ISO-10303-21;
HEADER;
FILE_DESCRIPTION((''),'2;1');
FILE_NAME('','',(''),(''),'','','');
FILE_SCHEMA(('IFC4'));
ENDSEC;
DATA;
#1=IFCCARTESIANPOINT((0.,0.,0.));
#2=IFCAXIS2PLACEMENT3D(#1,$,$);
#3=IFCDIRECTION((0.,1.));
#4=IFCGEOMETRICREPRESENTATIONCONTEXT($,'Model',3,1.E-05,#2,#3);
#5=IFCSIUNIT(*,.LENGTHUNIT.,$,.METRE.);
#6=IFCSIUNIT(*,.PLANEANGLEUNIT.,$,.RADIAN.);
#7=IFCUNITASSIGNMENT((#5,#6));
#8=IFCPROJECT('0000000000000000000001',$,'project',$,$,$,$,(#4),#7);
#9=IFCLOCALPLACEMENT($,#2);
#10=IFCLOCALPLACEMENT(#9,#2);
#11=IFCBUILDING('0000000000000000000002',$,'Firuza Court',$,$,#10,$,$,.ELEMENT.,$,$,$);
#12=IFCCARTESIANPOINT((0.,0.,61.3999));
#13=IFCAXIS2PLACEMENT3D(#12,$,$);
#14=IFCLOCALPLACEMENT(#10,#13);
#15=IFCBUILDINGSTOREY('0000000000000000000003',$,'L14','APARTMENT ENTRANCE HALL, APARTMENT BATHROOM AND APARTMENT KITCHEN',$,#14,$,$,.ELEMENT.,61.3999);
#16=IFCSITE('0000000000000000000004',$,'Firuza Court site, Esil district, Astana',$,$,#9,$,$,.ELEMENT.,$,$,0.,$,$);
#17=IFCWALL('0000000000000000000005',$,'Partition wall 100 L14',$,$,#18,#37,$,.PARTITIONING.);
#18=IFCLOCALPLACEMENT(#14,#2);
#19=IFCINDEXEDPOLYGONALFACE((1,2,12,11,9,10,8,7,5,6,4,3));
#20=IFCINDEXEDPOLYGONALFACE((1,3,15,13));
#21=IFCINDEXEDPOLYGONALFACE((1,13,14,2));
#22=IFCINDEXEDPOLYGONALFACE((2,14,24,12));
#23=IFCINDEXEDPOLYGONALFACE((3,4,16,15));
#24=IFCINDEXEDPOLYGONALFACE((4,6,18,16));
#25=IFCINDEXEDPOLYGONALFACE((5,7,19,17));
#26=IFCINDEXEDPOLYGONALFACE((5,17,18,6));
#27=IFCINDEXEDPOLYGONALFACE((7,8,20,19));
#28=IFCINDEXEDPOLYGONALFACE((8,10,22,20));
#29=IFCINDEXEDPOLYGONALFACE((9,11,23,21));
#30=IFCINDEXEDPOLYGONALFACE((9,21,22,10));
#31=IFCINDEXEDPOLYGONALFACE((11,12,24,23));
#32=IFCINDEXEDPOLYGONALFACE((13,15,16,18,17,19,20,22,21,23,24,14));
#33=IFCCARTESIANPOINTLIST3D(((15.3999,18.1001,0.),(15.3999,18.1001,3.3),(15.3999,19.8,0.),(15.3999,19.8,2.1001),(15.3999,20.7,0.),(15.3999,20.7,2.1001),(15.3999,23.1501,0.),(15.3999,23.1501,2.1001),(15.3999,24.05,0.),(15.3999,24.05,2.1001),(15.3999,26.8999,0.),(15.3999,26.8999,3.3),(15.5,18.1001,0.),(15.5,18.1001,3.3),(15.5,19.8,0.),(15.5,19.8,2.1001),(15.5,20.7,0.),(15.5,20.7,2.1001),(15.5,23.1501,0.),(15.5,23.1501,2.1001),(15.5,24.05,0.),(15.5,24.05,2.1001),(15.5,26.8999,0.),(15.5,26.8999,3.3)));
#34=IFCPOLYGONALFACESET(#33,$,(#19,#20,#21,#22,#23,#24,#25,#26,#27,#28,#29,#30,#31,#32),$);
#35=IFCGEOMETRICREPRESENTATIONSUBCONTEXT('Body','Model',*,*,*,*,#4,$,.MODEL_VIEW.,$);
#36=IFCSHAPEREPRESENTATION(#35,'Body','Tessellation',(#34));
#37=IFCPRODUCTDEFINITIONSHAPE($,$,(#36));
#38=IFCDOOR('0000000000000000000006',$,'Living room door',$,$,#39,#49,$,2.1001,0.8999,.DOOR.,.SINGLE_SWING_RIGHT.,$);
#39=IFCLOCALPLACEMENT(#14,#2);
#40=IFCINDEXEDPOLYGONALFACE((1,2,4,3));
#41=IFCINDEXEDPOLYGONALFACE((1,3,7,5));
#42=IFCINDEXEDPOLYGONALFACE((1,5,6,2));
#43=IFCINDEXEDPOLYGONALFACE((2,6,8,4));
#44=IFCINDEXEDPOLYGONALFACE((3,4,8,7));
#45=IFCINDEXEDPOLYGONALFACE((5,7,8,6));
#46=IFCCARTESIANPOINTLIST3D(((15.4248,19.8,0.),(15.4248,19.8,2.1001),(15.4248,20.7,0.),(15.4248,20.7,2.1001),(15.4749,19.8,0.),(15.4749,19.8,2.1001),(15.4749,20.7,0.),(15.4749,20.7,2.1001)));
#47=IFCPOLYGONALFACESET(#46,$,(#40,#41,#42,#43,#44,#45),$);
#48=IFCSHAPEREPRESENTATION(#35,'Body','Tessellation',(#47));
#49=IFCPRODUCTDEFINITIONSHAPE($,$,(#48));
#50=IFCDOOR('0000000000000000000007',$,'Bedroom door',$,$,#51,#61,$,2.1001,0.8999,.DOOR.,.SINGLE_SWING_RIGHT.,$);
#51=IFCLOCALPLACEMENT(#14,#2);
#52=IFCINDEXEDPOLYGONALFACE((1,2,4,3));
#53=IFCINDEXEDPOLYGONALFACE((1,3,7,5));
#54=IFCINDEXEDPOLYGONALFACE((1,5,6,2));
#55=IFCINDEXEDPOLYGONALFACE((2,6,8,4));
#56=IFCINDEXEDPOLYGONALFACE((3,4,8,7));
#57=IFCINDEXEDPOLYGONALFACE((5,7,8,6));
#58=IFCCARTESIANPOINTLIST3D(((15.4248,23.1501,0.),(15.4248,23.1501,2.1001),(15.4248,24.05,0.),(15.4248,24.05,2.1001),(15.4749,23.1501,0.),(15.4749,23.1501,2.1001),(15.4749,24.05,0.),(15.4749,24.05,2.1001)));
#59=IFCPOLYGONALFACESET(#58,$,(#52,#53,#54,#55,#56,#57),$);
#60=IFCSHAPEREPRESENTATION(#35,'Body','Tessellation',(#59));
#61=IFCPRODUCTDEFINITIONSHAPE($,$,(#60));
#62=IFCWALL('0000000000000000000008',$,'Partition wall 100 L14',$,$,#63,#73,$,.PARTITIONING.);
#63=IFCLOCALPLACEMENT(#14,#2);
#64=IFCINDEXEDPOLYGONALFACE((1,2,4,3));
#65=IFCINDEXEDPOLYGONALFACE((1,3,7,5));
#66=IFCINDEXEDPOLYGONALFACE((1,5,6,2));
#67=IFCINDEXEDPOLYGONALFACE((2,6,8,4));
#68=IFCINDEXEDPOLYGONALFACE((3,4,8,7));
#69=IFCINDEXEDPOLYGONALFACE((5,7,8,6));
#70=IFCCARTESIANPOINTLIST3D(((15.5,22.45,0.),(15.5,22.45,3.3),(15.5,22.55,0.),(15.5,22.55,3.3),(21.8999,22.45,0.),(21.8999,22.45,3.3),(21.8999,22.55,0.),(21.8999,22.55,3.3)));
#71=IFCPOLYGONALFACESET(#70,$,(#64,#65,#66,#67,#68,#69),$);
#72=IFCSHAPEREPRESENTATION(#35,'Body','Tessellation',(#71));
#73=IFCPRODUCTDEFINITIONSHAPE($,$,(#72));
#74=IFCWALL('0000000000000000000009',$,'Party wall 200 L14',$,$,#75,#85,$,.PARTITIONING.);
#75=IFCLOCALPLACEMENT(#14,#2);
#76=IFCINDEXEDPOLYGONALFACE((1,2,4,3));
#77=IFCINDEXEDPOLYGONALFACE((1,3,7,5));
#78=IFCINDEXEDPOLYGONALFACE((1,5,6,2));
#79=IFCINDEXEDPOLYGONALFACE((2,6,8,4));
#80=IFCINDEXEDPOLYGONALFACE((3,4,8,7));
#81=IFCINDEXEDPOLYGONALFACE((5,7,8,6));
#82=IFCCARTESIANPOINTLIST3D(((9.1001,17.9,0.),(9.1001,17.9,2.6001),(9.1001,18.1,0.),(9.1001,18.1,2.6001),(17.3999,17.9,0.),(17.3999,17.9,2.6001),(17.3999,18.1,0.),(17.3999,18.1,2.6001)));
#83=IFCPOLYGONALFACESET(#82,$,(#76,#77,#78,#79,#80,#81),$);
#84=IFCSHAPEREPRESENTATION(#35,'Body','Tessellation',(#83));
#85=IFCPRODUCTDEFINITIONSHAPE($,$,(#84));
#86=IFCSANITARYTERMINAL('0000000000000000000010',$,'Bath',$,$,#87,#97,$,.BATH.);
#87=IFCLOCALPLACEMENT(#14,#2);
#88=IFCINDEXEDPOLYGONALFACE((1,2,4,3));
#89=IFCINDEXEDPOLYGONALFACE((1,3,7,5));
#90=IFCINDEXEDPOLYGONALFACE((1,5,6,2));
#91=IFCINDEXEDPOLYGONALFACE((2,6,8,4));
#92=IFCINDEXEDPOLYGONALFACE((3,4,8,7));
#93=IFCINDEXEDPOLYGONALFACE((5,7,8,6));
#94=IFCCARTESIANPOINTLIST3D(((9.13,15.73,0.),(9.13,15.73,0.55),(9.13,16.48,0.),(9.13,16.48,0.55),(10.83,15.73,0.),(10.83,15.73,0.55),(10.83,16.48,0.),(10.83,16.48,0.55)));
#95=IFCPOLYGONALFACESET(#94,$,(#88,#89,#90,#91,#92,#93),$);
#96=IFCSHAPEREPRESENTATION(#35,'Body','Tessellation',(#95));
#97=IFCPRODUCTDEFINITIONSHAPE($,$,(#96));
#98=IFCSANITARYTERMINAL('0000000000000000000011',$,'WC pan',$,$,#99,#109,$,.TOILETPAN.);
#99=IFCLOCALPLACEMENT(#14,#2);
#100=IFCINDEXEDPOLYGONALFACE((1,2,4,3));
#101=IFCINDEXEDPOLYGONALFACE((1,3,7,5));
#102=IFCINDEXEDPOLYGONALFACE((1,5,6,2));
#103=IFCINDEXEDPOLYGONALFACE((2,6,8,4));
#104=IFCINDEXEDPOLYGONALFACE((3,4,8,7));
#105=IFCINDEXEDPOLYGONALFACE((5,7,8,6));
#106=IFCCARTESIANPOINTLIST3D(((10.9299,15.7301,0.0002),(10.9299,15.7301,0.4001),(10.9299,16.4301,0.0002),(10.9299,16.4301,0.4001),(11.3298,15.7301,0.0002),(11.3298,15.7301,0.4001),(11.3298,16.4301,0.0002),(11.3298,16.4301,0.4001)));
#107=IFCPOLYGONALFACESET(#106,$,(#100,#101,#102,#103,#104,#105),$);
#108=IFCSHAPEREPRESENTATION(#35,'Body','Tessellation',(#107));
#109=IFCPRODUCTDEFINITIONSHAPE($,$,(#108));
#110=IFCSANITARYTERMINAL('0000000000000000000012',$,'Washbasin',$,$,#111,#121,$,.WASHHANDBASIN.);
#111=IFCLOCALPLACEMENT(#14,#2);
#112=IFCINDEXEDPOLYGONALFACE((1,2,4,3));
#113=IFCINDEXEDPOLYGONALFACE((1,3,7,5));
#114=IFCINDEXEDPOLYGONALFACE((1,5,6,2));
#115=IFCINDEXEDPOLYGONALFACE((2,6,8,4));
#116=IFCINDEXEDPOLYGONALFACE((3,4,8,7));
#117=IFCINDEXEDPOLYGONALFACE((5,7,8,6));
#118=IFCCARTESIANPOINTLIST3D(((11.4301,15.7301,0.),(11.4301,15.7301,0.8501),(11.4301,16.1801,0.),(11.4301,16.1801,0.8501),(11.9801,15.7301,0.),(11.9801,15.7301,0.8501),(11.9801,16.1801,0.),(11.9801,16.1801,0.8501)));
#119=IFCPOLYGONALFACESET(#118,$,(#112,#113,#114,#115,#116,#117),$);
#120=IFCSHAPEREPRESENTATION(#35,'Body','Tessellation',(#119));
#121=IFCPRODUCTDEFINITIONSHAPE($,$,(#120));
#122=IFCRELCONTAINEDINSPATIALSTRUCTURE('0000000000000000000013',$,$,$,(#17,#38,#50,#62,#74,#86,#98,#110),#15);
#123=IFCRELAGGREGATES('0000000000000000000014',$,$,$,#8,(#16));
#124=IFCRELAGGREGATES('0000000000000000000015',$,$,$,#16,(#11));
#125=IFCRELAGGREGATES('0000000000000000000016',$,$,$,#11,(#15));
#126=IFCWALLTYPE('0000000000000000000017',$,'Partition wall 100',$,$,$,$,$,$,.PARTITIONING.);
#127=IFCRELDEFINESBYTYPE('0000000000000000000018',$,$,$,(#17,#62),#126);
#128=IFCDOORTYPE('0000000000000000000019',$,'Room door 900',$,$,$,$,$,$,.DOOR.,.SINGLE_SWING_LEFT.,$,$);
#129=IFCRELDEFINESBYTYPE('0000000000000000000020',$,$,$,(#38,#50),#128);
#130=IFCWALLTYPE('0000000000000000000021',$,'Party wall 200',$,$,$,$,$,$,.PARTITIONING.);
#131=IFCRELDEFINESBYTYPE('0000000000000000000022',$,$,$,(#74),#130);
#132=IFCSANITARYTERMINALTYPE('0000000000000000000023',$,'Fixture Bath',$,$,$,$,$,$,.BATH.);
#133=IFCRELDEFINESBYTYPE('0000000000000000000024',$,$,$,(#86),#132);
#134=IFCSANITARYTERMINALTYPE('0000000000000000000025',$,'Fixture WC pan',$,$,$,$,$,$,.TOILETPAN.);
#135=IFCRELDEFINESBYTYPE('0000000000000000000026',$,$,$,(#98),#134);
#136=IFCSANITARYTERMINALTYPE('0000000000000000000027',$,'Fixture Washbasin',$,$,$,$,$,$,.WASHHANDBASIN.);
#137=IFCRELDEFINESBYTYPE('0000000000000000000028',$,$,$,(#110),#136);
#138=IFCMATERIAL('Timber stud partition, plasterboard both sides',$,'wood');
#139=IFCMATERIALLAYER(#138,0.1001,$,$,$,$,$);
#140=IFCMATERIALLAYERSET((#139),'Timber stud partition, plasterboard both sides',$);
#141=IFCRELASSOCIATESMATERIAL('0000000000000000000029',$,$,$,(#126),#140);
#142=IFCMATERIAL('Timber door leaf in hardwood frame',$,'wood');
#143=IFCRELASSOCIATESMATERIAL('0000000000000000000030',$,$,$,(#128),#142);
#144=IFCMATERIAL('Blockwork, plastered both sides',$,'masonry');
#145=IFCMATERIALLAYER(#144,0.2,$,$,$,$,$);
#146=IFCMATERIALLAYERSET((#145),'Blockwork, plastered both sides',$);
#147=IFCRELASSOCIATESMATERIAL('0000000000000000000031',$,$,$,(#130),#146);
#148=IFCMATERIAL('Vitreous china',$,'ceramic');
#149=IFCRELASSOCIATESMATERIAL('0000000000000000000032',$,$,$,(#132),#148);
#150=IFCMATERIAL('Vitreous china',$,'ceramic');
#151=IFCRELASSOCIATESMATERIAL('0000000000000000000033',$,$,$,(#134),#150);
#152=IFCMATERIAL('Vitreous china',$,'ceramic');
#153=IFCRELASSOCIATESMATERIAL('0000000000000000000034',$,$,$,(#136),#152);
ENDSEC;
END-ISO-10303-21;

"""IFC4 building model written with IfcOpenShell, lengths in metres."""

from ifc_helpers import new_model, si_unit, direction, frame, frame_2d, origin, origin_2d, place, context, subcontext, project, spatial, rectangle, extrude, material, layer, layer_set, type_object, element, fill, save


model = new_model("IFC4")

# Units and contexts
model_context = context("Model", 3, precision=1e-05, world=origin(), true_north=direction((0.0, 1.0)))
body_context = subcontext(model_context, "Body", "Model", "MODEL_VIEW")
ifc_project = project(units=[si_unit("LENGTHUNIT", "METRE"), si_unit("PLANEANGLEUNIT", "RADIAN")], contexts=[model_context])

# Site, building, storey
site_placement = place(None, origin())
site = spatial("IfcSite", under=ifc_project, at=site_placement, Name="Firuza Court site, Esil district, Astana", CompositionType="ELEMENT", RefElevation=0.0)
building_placement = place(site_placement, origin())
building = spatial("IfcBuilding", under=site, at=building_placement, Name="Firuza Court", CompositionType="ELEMENT")
storey_placement = place(building_placement, frame((0.0, 0.0, 61.3999)))
storey = spatial("IfcBuildingStorey", under=building, at=storey_placement, Name="L14", Description="APARTMENT ENTRANCE HALL, APARTMENT BATHROOM AND APARTMENT KITCHEN", CompositionType="ELEMENT", Elevation=61.3999)

# Shared definitions
ifc_material_1 = material(Name="Timber stud partition, plasterboard both sides", Category="wood")
ifc_layer_1 = layer(ifc_material_1, 0.1001)
ifc_layer_set_1 = layer_set([ifc_layer_1], Name="Timber stud partition, plasterboard both sides")
wall_type_1 = type_object("IfcWallType", Name="Partition wall 100", PredefinedType="PARTITIONING", material=ifc_layer_set_1)
ifc_material_2 = material(Name="Timber door leaf in hardwood frame", Category="wood")
door_type_1 = type_object("IfcDoorType", Name="Room door 900", OperationType="SINGLE_SWING_LEFT", PredefinedType="DOOR", material=ifc_material_2)

# Wall, openings, doors
wall_1_placement = place(storey_placement, frame((15.45, 18.1001, 0.0), z_axis=(0.0, 0.0, 1.0), x_axis=(0.0, 1.0, 0.0)))
wall_1 = element("IfcWall", 1, at=wall_1_placement, inside=storey, type_object=wall_type_1, Name="Partition wall 100 L14", PredefinedType="PARTITIONING", context=body_context, shape_type="SweptSolid", body=[
    extrude(rectangle(XDim=8.7998, YDim=0.1001, at=frame_2d((4.3999, 0.0))), origin(), (0.0, 0.0, 1.0), 3.3),
])
opening_1_placement = place(wall_1_placement, frame((1.7, 0.0, 0.0)))
opening_1 = element("IfcOpeningElement", 2, at=opening_1_placement, cuts=wall_1, PredefinedType="OPENING", context=body_context, shape_type="SweptSolid", body=[
    extrude(rectangle(XDim=0.8999, YDim=2.1001, at=frame_2d((0.45, 1.05))), frame((0.0, 0.062, 0.0), z_axis=(0.0, -1.0, 0.0), x_axis=(1.0, 0.0, 0.0)), (0.0, 0.0, 1.0), 0.124),
])
opening_2_placement = place(wall_1_placement, frame((5.05, 0.0, 0.0)))
opening_2 = element("IfcOpeningElement", 3, at=opening_2_placement, cuts=wall_1, PredefinedType="OPENING", context=body_context, shape_type="SweptSolid", body=[
    extrude(rectangle(XDim=0.8999, YDim=2.1001, at=frame_2d((0.45, 1.05))), frame((0.0, 0.062, 0.0), z_axis=(0.0, -1.0, 0.0), x_axis=(1.0, 0.0, 0.0)), (0.0, 0.0, 1.0), 0.124),
])
door_1_placement = place(opening_1_placement, frame((0.8999, 0.0, 0.0), z_axis=(0.0, 0.0, 1.0), x_axis=(-1.0, 0.0, 0.0)))
door_1 = element("IfcDoor", 4, at=door_1_placement, inside=storey, type_object=door_type_1, Name="Living room door", OperationType="SINGLE_SWING_RIGHT", OverallHeight=2.1001, OverallWidth=0.8999, PredefinedType="DOOR", context=body_context, shape_type="SweptSolid", body=[
    extrude(rectangle(XDim=0.8999, YDim=2.1001, at=frame_2d((0.45, 1.05))), frame((0.0, 0.0249, 0.0), z_axis=(0.0, -1.0, 0.0), x_axis=(1.0, 0.0, 0.0)), (0.0, 0.0, 1.0), 0.05),
])
fill(opening_1, door_1)
door_2_placement = place(opening_2_placement, frame((0.8999, 0.0, 0.0), z_axis=(0.0, 0.0, 1.0), x_axis=(-1.0, 0.0, 0.0)))
door_2 = element("IfcDoor", 5, at=door_2_placement, inside=storey, type_object=door_type_1, Name="Bedroom door", OperationType="SINGLE_SWING_RIGHT", OverallHeight=2.1001, OverallWidth=0.8999, PredefinedType="DOOR", context=body_context, shape_type="SweptSolid", body=[
    extrude(rectangle(XDim=0.8999, YDim=2.1001, at=frame_2d((0.45, 1.05))), frame((0.0, 0.0249, 0.0), z_axis=(0.0, -1.0, 0.0), x_axis=(1.0, 0.0, 0.0)), (0.0, 0.0, 1.0), 0.05),
])
fill(opening_2, door_2)

# Walls
wall_2_placement = place(storey_placement, frame((15.5, 22.5, 0.0), z_axis=(0.0, 0.0, 1.0), x_axis=(1.0, 0.0, 0.0)))
element("IfcWall", 6, at=wall_2_placement, inside=storey, type_object=wall_type_1, Name="Partition wall 100 L14", PredefinedType="PARTITIONING", context=body_context, shape_type="SweptSolid", body=[
    extrude(rectangle(XDim=6.3999, YDim=0.1001, at=frame_2d((3.2, 0.0))), origin(), (0.0, 0.0, 1.0), 3.3),
])
ifc_material_3 = material(Name="Blockwork, plastered both sides", Category="masonry")
ifc_layer_2 = layer(ifc_material_3, 0.2)
ifc_layer_set_2 = layer_set([ifc_layer_2], Name="Blockwork, plastered both sides")
wall_type_2 = type_object("IfcWallType", Name="Party wall 200", PredefinedType="PARTITIONING", material=ifc_layer_set_2)
wall_3_placement = place(storey_placement, frame((9.1001, 18.0, 0.0), z_axis=(0.0, 0.0, 1.0), x_axis=(1.0, 0.0, 0.0)))
element("IfcWall", 7, at=wall_3_placement, inside=storey, type_object=wall_type_2, Name="Party wall 200 L14", PredefinedType="PARTITIONING", context=body_context, shape_type="SweptSolid", body=[
    extrude(rectangle(XDim=8.2998, YDim=0.2, at=frame_2d((4.1499, 0.0))), origin(), (0.0, 0.0, 1.0), 2.6001),
])

# Sanitary terminals
ifc_material_4 = material(Name="Vitreous china", Category="ceramic")
sanitary_terminal_type_1 = type_object("IfcSanitaryTerminalType", Name="Fixture Bath", PredefinedType="BATH", material=ifc_material_4)
sanitary_terminal_1_placement = place(storey_placement, frame((9.98, 16.105, 0.0), z_axis=(0.0, 0.0, 1.0), x_axis=(1.0, 0.0, 0.0)))
element("IfcSanitaryTerminal", 8, at=sanitary_terminal_1_placement, inside=storey, type_object=sanitary_terminal_type_1, Name="Bath", PredefinedType="BATH", context=body_context, shape_type="SweptSolid", body=[
    extrude(rectangle(XDim=1.7, YDim=0.75, at=origin_2d()), origin(), (0.0, 0.0, 1.0), 0.55),
])
ifc_material_5 = material(Name="Vitreous china", Category="ceramic")
sanitary_terminal_type_2 = type_object("IfcSanitaryTerminalType", Name="Fixture WC pan", PredefinedType="TOILETPAN", material=ifc_material_5)
sanitary_terminal_2_placement = place(storey_placement, frame((11.1299, 16.0801, 0.0002), z_axis=(0.0, 0.0, 1.0), x_axis=(1.0, 0.0, 0.0)))
element("IfcSanitaryTerminal", 9, at=sanitary_terminal_2_placement, inside=storey, type_object=sanitary_terminal_type_2, Name="WC pan", PredefinedType="TOILETPAN", context=body_context, shape_type="SweptSolid", body=[
    extrude(rectangle(XDim=0.3999, YDim=0.7, at=origin_2d()), origin(), (0.0, 0.0, 1.0), 0.3999),
])
ifc_material_6 = material(Name="Vitreous china", Category="ceramic")
sanitary_terminal_type_3 = type_object("IfcSanitaryTerminalType", Name="Fixture Washbasin", PredefinedType="WASHHANDBASIN", material=ifc_material_6)
sanitary_terminal_3_placement = place(storey_placement, frame((11.7051, 15.9551, 0.0), z_axis=(0.0, 0.0, 1.0), x_axis=(1.0, 0.0, 0.0)))
element("IfcSanitaryTerminal", 10, at=sanitary_terminal_3_placement, inside=storey, type_object=sanitary_terminal_type_3, Name="Washbasin", PredefinedType="WASHHANDBASIN", context=body_context, shape_type="SweptSolid", body=[
    extrude(rectangle(XDim=0.55, YDim=0.45, at=origin_2d()), origin(), (0.0, 0.0, 1.0), 0.8501),
])

save(model, "model.ifc")
